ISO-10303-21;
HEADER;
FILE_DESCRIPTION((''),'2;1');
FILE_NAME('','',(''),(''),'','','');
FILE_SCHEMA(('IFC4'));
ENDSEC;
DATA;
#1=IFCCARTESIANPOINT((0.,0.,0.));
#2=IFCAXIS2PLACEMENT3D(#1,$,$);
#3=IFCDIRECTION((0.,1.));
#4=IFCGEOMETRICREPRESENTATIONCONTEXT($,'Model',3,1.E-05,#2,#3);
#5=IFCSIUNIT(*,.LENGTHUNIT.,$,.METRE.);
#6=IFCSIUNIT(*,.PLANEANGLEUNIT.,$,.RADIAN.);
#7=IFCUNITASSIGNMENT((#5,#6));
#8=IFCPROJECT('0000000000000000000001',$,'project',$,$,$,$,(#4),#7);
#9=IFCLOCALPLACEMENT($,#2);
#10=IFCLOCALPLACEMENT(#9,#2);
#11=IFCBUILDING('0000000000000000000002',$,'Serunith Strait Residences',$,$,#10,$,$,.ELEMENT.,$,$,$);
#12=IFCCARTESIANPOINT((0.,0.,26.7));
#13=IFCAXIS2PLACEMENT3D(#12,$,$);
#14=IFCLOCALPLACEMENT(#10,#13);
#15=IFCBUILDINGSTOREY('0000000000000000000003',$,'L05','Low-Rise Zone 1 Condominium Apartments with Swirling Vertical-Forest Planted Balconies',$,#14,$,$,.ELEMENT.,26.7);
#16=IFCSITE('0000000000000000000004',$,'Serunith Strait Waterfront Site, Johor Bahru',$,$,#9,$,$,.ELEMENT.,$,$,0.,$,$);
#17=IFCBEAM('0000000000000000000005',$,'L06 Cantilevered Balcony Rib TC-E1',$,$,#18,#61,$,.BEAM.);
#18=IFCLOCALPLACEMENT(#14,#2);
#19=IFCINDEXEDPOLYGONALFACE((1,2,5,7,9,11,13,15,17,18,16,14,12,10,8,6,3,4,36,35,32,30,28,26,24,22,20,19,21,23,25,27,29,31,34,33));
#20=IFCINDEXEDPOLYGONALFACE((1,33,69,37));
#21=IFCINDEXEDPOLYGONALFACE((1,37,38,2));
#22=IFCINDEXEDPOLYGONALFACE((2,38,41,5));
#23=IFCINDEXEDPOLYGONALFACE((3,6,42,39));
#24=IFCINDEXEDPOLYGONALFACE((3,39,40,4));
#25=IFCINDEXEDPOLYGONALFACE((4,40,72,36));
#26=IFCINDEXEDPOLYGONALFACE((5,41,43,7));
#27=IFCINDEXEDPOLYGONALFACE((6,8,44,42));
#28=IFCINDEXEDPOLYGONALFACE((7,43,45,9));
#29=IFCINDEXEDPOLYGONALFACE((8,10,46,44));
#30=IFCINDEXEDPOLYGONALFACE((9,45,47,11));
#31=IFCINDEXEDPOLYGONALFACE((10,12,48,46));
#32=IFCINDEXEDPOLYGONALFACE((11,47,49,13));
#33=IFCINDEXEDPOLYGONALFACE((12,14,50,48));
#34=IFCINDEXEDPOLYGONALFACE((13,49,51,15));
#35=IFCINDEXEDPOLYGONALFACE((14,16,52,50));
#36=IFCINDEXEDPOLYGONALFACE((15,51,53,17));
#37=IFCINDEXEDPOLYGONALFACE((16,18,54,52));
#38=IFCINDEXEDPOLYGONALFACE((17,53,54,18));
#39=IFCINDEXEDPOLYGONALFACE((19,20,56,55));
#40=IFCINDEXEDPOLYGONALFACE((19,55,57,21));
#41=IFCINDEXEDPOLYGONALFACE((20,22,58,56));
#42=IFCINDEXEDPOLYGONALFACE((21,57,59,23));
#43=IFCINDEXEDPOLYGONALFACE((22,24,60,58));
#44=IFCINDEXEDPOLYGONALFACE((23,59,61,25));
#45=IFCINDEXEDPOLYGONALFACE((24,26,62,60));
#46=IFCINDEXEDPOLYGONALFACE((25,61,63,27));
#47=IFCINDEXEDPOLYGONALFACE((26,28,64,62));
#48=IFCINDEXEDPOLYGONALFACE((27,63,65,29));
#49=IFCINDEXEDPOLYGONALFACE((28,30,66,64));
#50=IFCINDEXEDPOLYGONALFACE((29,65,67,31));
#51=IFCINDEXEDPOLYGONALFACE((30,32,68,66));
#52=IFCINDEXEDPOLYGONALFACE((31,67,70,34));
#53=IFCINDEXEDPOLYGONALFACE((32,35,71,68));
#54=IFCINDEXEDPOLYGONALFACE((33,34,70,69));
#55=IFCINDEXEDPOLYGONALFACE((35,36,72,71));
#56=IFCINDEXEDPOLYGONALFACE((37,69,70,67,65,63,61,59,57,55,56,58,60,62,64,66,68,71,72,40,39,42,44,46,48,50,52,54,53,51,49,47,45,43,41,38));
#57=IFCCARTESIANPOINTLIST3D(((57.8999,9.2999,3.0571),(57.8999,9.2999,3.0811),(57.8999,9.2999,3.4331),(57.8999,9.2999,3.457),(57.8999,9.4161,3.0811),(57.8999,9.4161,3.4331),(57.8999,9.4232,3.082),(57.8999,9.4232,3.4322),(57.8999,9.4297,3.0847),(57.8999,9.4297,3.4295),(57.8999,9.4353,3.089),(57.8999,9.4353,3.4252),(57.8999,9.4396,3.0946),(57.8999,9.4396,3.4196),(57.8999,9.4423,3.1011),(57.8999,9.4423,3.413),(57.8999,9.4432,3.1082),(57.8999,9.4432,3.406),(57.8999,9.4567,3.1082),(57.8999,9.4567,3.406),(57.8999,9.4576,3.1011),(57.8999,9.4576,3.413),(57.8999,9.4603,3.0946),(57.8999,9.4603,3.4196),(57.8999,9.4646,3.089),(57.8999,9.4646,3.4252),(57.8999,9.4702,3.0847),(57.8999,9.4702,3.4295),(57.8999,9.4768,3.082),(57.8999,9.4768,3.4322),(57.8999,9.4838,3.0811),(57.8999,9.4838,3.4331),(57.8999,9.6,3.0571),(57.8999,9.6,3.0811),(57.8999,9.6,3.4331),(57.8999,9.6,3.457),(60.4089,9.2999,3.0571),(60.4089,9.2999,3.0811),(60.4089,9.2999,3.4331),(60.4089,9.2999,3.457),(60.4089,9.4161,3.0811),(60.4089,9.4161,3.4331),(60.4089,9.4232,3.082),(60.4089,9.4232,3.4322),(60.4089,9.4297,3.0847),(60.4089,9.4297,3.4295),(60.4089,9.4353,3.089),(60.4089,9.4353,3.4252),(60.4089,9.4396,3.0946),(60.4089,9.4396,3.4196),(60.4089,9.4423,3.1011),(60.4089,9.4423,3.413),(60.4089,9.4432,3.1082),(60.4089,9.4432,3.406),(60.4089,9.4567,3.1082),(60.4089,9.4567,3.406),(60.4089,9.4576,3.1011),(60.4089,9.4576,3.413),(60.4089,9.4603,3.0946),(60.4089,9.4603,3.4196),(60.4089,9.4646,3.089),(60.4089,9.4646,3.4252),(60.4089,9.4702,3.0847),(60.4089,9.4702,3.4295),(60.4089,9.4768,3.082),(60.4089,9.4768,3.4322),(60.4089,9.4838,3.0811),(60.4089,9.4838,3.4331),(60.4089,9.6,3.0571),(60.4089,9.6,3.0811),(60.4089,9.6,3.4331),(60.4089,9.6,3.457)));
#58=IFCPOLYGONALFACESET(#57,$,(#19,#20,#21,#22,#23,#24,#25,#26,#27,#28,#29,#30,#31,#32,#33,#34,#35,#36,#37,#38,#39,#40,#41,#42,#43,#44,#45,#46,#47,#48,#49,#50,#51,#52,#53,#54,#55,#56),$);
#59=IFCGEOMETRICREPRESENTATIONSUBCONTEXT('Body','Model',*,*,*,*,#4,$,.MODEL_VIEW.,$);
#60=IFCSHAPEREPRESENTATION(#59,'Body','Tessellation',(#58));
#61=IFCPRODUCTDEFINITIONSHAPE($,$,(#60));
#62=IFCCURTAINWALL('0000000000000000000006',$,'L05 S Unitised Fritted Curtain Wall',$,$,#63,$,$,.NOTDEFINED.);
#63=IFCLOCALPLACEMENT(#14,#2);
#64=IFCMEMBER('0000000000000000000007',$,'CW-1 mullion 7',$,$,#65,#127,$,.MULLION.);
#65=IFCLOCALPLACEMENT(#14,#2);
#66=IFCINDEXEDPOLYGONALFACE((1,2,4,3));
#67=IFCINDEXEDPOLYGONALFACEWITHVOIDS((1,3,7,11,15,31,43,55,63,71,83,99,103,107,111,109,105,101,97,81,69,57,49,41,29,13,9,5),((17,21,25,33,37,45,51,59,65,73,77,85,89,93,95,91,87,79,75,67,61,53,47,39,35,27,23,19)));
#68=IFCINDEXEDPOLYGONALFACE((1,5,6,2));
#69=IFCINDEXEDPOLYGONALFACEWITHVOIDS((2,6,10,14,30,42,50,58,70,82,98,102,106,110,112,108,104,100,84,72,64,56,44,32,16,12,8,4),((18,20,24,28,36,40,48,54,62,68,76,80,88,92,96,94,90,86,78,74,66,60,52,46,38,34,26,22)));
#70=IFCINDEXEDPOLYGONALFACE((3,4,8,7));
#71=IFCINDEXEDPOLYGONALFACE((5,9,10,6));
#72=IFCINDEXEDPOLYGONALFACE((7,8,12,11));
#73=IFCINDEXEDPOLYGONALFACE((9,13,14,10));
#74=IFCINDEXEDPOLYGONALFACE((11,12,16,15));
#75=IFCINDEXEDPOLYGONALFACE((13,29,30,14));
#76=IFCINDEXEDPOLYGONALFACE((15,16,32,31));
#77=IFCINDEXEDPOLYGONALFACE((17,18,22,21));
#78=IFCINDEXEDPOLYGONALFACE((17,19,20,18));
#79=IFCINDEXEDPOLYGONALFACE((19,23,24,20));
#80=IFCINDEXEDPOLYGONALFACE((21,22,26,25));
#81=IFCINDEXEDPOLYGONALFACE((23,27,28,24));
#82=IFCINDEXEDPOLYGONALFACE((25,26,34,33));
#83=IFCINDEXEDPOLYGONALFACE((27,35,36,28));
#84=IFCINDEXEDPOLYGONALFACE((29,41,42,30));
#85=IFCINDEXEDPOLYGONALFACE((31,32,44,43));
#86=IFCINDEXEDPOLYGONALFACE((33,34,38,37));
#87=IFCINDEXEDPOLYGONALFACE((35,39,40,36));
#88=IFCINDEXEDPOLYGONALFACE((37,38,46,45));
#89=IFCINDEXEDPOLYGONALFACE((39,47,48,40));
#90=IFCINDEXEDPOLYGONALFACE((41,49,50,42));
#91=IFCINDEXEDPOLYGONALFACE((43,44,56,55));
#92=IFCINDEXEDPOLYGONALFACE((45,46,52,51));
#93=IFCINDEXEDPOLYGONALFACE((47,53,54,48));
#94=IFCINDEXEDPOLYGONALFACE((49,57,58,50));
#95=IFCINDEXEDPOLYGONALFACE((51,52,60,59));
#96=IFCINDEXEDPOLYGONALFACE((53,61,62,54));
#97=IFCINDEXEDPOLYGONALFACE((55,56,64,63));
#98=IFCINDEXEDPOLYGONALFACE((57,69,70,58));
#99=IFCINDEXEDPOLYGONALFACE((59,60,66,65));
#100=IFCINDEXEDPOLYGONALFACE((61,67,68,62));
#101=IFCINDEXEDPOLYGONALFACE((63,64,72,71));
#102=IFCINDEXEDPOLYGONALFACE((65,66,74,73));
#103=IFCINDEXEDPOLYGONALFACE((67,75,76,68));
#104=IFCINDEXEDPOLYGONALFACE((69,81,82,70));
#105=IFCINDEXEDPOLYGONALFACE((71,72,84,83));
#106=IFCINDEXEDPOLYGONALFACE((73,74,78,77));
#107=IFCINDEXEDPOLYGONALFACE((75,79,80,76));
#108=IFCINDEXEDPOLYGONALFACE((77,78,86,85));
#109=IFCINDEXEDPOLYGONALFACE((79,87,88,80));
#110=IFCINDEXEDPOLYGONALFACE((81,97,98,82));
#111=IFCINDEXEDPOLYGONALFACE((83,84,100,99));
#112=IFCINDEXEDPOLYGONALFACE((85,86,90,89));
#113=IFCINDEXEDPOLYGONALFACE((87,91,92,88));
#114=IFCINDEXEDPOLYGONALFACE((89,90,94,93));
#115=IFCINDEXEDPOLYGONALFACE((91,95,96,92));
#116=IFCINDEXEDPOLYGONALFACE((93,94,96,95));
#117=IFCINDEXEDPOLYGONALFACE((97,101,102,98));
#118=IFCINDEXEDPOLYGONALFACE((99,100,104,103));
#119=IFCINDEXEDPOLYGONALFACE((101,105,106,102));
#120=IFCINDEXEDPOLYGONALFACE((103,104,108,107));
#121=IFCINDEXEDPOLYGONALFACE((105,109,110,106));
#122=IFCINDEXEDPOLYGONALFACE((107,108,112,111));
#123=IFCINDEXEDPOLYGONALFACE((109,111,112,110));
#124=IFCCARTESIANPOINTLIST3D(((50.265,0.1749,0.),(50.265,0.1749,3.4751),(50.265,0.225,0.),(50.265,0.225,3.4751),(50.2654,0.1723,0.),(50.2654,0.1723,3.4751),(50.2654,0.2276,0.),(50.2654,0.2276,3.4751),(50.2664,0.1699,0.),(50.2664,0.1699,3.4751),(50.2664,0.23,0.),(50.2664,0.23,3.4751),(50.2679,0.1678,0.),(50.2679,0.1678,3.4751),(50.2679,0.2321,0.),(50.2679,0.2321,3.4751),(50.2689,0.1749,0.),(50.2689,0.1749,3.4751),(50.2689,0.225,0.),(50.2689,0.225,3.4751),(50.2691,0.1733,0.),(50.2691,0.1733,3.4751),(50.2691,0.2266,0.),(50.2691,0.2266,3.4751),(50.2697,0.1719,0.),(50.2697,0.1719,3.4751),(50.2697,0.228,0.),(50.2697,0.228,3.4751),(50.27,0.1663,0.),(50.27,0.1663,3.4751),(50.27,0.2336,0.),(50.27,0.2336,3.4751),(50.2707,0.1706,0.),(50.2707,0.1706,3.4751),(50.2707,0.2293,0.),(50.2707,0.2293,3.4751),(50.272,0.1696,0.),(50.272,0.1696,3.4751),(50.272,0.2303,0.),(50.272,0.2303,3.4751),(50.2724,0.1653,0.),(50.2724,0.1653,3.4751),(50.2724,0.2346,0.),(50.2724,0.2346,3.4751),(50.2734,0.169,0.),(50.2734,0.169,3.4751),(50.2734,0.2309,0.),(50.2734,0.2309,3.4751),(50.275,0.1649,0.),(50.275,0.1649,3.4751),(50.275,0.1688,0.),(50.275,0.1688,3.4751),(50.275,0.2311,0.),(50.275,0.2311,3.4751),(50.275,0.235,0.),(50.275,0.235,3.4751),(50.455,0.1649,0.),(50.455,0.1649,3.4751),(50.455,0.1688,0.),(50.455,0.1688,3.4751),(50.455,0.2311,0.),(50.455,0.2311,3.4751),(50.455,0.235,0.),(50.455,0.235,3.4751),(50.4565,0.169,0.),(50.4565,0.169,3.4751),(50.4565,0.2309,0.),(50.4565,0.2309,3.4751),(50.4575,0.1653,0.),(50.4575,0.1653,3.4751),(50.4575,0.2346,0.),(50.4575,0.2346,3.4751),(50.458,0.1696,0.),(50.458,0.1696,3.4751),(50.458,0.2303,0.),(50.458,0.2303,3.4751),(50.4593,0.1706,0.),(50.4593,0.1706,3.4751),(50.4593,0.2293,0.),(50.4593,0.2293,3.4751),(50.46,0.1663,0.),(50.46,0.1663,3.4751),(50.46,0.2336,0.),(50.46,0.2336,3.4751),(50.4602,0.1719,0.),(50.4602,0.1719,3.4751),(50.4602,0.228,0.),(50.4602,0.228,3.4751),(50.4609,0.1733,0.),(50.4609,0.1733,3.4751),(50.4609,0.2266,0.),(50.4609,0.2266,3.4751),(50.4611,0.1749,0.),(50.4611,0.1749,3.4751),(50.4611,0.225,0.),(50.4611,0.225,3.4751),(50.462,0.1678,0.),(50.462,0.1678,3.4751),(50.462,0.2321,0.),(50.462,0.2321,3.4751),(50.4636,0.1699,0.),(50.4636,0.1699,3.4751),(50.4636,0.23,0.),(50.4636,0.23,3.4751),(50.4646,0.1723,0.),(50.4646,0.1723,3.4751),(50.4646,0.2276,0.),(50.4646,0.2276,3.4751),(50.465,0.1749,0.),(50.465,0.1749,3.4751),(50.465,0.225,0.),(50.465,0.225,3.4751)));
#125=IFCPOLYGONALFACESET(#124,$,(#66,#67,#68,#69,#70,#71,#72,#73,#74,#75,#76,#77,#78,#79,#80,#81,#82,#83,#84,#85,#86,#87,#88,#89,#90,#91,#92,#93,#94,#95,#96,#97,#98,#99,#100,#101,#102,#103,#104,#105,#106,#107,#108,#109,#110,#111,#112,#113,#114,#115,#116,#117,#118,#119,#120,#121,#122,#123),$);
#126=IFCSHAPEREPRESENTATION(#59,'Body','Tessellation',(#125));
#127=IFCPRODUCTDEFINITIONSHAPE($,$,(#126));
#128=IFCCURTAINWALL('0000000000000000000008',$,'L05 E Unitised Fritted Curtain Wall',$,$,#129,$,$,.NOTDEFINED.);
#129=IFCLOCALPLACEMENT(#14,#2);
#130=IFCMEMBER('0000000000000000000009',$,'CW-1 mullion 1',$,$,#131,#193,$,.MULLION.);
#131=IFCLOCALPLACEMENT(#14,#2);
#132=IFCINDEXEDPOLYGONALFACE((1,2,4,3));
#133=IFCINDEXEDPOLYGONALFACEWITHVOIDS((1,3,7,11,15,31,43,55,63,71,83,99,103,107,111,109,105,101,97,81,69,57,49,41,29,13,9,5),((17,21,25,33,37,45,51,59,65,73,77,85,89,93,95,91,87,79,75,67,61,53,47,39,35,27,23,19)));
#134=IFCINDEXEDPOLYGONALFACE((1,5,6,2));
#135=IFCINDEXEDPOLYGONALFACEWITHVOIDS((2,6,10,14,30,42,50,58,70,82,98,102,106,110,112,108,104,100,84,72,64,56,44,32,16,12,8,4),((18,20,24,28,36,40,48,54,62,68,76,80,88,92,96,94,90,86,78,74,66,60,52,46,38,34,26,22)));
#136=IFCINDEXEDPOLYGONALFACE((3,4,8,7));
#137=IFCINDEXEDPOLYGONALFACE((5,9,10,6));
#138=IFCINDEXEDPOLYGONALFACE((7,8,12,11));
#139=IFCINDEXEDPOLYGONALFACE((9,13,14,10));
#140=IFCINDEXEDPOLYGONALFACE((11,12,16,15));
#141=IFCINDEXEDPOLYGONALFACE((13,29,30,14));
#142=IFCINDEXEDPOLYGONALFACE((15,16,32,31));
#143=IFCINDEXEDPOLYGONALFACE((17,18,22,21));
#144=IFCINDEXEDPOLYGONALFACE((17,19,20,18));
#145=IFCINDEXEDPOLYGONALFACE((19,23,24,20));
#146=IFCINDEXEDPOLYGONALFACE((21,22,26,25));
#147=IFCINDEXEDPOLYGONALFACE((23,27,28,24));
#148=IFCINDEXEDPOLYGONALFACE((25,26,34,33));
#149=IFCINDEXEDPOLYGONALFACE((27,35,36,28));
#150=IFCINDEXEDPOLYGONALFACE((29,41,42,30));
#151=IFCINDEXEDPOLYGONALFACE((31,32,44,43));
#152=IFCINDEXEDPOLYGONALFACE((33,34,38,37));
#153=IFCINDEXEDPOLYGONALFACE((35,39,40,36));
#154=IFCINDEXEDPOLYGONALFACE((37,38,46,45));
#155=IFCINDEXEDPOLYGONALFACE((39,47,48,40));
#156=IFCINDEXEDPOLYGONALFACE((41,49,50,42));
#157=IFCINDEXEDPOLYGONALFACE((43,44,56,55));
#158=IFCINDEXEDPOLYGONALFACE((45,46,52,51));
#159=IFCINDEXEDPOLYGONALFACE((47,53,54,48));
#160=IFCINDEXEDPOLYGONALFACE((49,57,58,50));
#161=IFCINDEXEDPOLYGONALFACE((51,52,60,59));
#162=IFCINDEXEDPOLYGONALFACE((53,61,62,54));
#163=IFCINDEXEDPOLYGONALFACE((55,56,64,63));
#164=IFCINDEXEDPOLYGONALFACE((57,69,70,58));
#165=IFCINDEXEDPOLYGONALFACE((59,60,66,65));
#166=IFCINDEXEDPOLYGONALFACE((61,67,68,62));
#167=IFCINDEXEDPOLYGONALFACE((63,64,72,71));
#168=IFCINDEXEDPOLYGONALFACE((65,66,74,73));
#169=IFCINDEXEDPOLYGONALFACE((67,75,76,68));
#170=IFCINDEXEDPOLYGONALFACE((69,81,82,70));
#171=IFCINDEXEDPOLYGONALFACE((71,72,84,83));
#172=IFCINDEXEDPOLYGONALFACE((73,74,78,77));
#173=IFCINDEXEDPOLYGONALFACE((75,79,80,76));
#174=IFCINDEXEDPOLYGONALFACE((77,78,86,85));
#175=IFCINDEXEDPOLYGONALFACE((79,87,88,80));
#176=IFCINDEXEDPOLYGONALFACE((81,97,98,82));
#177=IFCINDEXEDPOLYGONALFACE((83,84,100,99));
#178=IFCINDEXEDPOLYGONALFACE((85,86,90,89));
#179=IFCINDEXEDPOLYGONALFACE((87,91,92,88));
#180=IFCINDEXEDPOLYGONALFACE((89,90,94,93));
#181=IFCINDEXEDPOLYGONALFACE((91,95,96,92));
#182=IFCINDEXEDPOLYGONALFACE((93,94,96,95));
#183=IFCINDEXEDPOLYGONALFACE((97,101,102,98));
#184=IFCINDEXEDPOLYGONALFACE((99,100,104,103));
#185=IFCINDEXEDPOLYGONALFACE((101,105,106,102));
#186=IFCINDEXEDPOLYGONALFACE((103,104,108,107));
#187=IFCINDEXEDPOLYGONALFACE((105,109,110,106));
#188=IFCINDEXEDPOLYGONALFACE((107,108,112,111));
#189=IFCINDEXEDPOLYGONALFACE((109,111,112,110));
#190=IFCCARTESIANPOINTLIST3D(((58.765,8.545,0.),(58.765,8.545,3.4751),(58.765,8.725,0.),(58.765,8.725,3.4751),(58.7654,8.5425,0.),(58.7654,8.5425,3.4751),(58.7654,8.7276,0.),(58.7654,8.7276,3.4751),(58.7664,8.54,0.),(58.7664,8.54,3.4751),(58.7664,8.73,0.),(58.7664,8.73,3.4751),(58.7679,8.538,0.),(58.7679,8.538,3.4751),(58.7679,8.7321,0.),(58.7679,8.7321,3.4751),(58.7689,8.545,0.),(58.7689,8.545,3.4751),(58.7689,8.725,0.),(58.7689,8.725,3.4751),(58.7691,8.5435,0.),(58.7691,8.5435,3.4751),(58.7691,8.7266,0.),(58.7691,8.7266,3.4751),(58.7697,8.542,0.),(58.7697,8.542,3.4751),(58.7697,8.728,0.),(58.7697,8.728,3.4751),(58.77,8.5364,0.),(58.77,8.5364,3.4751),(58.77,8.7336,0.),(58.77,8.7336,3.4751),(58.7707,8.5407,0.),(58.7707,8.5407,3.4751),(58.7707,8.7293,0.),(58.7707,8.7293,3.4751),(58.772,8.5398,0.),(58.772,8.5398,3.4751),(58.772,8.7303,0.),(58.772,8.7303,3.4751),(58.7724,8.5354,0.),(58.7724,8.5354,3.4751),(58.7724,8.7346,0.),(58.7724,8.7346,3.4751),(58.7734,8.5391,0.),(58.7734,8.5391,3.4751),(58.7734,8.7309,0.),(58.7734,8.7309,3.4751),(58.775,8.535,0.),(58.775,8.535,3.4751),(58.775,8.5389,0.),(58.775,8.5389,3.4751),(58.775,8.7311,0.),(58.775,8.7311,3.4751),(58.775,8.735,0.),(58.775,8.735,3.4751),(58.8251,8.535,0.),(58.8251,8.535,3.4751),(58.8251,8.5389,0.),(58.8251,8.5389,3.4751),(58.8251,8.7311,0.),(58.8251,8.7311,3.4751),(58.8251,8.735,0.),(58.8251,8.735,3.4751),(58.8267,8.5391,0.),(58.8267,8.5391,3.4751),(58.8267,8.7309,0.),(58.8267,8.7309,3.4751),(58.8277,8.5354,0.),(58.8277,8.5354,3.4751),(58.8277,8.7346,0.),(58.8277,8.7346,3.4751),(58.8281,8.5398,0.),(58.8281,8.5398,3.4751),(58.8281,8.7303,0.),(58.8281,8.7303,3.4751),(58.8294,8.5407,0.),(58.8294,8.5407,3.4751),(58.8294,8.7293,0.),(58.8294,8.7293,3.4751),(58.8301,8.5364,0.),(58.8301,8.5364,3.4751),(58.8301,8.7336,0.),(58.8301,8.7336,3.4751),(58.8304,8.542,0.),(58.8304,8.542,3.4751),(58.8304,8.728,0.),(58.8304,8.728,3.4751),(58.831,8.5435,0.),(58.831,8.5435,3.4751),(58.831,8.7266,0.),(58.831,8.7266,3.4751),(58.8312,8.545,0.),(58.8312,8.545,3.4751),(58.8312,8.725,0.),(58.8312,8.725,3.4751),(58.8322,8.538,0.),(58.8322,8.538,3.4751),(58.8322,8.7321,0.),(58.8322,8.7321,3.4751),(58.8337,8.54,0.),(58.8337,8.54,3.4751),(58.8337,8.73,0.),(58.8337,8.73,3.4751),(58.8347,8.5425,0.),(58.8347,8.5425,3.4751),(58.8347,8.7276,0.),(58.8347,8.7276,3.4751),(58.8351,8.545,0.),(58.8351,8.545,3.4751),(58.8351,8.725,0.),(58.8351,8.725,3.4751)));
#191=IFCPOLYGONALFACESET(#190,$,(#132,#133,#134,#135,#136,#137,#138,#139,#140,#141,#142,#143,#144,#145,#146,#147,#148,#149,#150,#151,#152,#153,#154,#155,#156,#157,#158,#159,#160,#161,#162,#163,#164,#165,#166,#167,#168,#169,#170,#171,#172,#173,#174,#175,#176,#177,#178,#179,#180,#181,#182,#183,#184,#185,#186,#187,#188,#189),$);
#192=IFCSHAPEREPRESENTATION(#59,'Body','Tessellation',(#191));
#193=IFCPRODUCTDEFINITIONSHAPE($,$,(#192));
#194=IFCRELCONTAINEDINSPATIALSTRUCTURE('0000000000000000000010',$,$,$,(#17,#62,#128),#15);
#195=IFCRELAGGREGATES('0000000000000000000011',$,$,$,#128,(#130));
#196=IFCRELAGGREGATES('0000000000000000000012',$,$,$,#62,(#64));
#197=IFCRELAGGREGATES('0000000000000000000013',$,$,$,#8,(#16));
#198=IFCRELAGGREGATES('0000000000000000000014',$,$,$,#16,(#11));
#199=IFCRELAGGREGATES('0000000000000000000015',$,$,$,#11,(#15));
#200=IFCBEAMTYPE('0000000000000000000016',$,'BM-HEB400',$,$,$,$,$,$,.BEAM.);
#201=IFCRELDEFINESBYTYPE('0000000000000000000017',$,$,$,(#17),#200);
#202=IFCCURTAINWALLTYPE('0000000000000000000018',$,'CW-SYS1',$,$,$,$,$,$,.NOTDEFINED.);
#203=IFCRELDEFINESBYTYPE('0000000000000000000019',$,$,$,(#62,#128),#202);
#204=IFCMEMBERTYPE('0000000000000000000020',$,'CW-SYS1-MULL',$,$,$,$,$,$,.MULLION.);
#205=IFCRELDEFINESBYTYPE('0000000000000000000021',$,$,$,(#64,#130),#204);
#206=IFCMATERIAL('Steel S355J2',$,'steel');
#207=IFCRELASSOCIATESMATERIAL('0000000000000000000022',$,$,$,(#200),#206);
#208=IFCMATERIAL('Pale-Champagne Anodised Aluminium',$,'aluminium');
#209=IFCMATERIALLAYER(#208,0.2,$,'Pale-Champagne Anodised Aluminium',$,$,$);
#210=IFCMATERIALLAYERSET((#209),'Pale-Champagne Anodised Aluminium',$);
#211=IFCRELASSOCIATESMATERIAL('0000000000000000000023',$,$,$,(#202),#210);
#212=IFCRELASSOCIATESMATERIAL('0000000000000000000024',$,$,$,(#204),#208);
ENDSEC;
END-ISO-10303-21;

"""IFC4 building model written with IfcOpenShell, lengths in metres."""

from ifc_helpers import new_model, si_unit, direction, frame, origin, origin_2d, place, context, subcontext, project, spatial, hollow_rectangle, i_section, extrude, source, transform, mapped, material, layer, layer_set, material_profile, profile_set, type_object, element, aggregate, save


model = new_model("IFC4")

# Units and contexts
model_context = context("Model", 3, precision=1e-05, world=origin(), true_north=direction((0.0, 1.0)))
body_context = subcontext(model_context, "Body", "Model", "MODEL_VIEW")
ifc_project = project(units=[si_unit("LENGTHUNIT", "METRE"), si_unit("PLANEANGLEUNIT", "RADIAN")], contexts=[model_context])

# Site, building, storey
site_placement = place(None, origin())
site = spatial("IfcSite", under=ifc_project, at=site_placement, Name="Serunith Strait Waterfront Site, Johor Bahru", CompositionType="ELEMENT", RefElevation=0.0)
building_placement = place(site_placement, origin())
building = spatial("IfcBuilding", under=site, at=building_placement, Name="Serunith Strait Residences", CompositionType="ELEMENT")
storey_placement = place(building_placement, frame((0.0, 0.0, 26.7)))
storey = spatial("IfcBuildingStorey", under=building, at=storey_placement, Name="L05", Description="Low-Rise Zone 1 Condominium Apartments with Swirling Vertical-Forest Planted Balconies", CompositionType="ELEMENT", Elevation=26.7)

# Beam
ifc_material_1 = material(Name="Steel S355J2", Category="steel")
ifc_material_profile_1 = material_profile(ifc_material_1, i_section(OverallWidth=0.3, OverallDepth=0.3999, WebThickness=0.0134, FlangeThickness=0.0239, FilletRadius=0.0271, at=origin_2d()), Name="HEB 400")
ifc_profile_set_1 = profile_set([ifc_material_profile_1], Name="Steel S355J2")
beam_type_1 = type_object("IfcBeamType", Name="BM-HEB400", PredefinedType="BEAM", material=ifc_profile_set_1)
shared_shape_1 = source(origin(), body_context, "Body", "SweptSolid", [
    extrude(i_section(OverallWidth=0.3, OverallDepth=0.3999, WebThickness=0.0134, FlangeThickness=0.0239, FilletRadius=0.0271, at=origin_2d()), origin(), (0.0, 0.0, 1.0), 2.509),
])
beam_1_placement = place(storey_placement, frame((57.8999, 9.45, 3.2571), z_axis=(1.0, 0.0, 0.0), x_axis=(0.0, 1.0, 0.0)))
element("IfcBeam", 1, at=beam_1_placement, inside=storey, type_object=beam_type_1, Name="L06 Cantilevered Balcony Rib TC-E1", PredefinedType="BEAM", context=body_context, shape_type="MappedRepresentation", body=[
    mapped(shared_shape_1, transform((0.0, 0.0, 0.0), scale=1.0)),
])

# Curtain wall, member
ifc_material_2 = material(Name="Pale-Champagne Anodised Aluminium", Category="aluminium")
ifc_layer_1 = layer(ifc_material_2, 0.2, Name="Pale-Champagne Anodised Aluminium")
ifc_layer_set_1 = layer_set([ifc_layer_1], Name="Pale-Champagne Anodised Aluminium")
curtain_wall_type = type_object("IfcCurtainWallType", Name="CW-SYS1", PredefinedType="NOTDEFINED", material=ifc_layer_set_1)
curtain_wall_1_placement = place(storey_placement, origin())
curtain_wall_1 = element("IfcCurtainWall", 2, at=curtain_wall_1_placement, inside=storey, type_object=curtain_wall_type, Name="L05 S Unitised Fritted Curtain Wall", PredefinedType="NOTDEFINED")
ifc_material_profile_2 = material_profile(ifc_material_2, hollow_rectangle(XDim=0.0701, YDim=0.2, WallThickness=0.0039, InnerFilletRadius=0.0061, OuterFilletRadius=0.01, at=origin_2d()), Name="ALU 200x70x4")
ifc_profile_set_2 = profile_set([ifc_material_profile_2], Name="Pale-Champagne Anodised Aluminium")
member_type_1 = type_object("IfcMemberType", Name="CW-SYS1-MULL", PredefinedType="MULLION", material=ifc_profile_set_2)
shared_shape_2 = source(origin(), body_context, "Body", "SweptSolid", [
    extrude(hollow_rectangle(XDim=0.0701, YDim=0.2, WallThickness=0.0039, InnerFilletRadius=0.0061, OuterFilletRadius=0.01, at=origin_2d()), origin(), (0.0, 0.0, 1.0), 3.4751),
])
member_1_placement = place(storey_placement, frame((50.365, 0.2, 0.0), z_axis=(0.0, 0.0, 1.0), x_axis=(0.0, 1.0, 0.0)))
member_1 = element("IfcMember", 3, at=member_1_placement, type_object=member_type_1, Name="CW-1 mullion 7", PredefinedType="MULLION", context=body_context, shape_type="MappedRepresentation", body=[
    mapped(shared_shape_2, transform((0.0, 0.0, 0.0), scale=1.0)),
])

# Curtain wall, member
curtain_wall_2_placement = place(storey_placement, origin())
curtain_wall_2 = element("IfcCurtainWall", 4, at=curtain_wall_2_placement, inside=storey, type_object=curtain_wall_type, Name="L05 E Unitised Fritted Curtain Wall", PredefinedType="NOTDEFINED")
member_2_placement = place(storey_placement, frame((58.8, 8.635, 0.0), z_axis=(0.0, 0.0, 1.0), x_axis=(-1.0, 0.0, 0.0)))
member_2 = element("IfcMember", 5, at=member_2_placement, type_object=member_type_1, Name="CW-1 mullion 1", PredefinedType="MULLION", context=body_context, shape_type="MappedRepresentation", body=[
    mapped(shared_shape_2, transform((0.0, 0.0, 0.0), scale=1.0)),
])
aggregate(curtain_wall_2, [member_2])

aggregate(curtain_wall_1, [member_1])

save(model, "model.ifc")
